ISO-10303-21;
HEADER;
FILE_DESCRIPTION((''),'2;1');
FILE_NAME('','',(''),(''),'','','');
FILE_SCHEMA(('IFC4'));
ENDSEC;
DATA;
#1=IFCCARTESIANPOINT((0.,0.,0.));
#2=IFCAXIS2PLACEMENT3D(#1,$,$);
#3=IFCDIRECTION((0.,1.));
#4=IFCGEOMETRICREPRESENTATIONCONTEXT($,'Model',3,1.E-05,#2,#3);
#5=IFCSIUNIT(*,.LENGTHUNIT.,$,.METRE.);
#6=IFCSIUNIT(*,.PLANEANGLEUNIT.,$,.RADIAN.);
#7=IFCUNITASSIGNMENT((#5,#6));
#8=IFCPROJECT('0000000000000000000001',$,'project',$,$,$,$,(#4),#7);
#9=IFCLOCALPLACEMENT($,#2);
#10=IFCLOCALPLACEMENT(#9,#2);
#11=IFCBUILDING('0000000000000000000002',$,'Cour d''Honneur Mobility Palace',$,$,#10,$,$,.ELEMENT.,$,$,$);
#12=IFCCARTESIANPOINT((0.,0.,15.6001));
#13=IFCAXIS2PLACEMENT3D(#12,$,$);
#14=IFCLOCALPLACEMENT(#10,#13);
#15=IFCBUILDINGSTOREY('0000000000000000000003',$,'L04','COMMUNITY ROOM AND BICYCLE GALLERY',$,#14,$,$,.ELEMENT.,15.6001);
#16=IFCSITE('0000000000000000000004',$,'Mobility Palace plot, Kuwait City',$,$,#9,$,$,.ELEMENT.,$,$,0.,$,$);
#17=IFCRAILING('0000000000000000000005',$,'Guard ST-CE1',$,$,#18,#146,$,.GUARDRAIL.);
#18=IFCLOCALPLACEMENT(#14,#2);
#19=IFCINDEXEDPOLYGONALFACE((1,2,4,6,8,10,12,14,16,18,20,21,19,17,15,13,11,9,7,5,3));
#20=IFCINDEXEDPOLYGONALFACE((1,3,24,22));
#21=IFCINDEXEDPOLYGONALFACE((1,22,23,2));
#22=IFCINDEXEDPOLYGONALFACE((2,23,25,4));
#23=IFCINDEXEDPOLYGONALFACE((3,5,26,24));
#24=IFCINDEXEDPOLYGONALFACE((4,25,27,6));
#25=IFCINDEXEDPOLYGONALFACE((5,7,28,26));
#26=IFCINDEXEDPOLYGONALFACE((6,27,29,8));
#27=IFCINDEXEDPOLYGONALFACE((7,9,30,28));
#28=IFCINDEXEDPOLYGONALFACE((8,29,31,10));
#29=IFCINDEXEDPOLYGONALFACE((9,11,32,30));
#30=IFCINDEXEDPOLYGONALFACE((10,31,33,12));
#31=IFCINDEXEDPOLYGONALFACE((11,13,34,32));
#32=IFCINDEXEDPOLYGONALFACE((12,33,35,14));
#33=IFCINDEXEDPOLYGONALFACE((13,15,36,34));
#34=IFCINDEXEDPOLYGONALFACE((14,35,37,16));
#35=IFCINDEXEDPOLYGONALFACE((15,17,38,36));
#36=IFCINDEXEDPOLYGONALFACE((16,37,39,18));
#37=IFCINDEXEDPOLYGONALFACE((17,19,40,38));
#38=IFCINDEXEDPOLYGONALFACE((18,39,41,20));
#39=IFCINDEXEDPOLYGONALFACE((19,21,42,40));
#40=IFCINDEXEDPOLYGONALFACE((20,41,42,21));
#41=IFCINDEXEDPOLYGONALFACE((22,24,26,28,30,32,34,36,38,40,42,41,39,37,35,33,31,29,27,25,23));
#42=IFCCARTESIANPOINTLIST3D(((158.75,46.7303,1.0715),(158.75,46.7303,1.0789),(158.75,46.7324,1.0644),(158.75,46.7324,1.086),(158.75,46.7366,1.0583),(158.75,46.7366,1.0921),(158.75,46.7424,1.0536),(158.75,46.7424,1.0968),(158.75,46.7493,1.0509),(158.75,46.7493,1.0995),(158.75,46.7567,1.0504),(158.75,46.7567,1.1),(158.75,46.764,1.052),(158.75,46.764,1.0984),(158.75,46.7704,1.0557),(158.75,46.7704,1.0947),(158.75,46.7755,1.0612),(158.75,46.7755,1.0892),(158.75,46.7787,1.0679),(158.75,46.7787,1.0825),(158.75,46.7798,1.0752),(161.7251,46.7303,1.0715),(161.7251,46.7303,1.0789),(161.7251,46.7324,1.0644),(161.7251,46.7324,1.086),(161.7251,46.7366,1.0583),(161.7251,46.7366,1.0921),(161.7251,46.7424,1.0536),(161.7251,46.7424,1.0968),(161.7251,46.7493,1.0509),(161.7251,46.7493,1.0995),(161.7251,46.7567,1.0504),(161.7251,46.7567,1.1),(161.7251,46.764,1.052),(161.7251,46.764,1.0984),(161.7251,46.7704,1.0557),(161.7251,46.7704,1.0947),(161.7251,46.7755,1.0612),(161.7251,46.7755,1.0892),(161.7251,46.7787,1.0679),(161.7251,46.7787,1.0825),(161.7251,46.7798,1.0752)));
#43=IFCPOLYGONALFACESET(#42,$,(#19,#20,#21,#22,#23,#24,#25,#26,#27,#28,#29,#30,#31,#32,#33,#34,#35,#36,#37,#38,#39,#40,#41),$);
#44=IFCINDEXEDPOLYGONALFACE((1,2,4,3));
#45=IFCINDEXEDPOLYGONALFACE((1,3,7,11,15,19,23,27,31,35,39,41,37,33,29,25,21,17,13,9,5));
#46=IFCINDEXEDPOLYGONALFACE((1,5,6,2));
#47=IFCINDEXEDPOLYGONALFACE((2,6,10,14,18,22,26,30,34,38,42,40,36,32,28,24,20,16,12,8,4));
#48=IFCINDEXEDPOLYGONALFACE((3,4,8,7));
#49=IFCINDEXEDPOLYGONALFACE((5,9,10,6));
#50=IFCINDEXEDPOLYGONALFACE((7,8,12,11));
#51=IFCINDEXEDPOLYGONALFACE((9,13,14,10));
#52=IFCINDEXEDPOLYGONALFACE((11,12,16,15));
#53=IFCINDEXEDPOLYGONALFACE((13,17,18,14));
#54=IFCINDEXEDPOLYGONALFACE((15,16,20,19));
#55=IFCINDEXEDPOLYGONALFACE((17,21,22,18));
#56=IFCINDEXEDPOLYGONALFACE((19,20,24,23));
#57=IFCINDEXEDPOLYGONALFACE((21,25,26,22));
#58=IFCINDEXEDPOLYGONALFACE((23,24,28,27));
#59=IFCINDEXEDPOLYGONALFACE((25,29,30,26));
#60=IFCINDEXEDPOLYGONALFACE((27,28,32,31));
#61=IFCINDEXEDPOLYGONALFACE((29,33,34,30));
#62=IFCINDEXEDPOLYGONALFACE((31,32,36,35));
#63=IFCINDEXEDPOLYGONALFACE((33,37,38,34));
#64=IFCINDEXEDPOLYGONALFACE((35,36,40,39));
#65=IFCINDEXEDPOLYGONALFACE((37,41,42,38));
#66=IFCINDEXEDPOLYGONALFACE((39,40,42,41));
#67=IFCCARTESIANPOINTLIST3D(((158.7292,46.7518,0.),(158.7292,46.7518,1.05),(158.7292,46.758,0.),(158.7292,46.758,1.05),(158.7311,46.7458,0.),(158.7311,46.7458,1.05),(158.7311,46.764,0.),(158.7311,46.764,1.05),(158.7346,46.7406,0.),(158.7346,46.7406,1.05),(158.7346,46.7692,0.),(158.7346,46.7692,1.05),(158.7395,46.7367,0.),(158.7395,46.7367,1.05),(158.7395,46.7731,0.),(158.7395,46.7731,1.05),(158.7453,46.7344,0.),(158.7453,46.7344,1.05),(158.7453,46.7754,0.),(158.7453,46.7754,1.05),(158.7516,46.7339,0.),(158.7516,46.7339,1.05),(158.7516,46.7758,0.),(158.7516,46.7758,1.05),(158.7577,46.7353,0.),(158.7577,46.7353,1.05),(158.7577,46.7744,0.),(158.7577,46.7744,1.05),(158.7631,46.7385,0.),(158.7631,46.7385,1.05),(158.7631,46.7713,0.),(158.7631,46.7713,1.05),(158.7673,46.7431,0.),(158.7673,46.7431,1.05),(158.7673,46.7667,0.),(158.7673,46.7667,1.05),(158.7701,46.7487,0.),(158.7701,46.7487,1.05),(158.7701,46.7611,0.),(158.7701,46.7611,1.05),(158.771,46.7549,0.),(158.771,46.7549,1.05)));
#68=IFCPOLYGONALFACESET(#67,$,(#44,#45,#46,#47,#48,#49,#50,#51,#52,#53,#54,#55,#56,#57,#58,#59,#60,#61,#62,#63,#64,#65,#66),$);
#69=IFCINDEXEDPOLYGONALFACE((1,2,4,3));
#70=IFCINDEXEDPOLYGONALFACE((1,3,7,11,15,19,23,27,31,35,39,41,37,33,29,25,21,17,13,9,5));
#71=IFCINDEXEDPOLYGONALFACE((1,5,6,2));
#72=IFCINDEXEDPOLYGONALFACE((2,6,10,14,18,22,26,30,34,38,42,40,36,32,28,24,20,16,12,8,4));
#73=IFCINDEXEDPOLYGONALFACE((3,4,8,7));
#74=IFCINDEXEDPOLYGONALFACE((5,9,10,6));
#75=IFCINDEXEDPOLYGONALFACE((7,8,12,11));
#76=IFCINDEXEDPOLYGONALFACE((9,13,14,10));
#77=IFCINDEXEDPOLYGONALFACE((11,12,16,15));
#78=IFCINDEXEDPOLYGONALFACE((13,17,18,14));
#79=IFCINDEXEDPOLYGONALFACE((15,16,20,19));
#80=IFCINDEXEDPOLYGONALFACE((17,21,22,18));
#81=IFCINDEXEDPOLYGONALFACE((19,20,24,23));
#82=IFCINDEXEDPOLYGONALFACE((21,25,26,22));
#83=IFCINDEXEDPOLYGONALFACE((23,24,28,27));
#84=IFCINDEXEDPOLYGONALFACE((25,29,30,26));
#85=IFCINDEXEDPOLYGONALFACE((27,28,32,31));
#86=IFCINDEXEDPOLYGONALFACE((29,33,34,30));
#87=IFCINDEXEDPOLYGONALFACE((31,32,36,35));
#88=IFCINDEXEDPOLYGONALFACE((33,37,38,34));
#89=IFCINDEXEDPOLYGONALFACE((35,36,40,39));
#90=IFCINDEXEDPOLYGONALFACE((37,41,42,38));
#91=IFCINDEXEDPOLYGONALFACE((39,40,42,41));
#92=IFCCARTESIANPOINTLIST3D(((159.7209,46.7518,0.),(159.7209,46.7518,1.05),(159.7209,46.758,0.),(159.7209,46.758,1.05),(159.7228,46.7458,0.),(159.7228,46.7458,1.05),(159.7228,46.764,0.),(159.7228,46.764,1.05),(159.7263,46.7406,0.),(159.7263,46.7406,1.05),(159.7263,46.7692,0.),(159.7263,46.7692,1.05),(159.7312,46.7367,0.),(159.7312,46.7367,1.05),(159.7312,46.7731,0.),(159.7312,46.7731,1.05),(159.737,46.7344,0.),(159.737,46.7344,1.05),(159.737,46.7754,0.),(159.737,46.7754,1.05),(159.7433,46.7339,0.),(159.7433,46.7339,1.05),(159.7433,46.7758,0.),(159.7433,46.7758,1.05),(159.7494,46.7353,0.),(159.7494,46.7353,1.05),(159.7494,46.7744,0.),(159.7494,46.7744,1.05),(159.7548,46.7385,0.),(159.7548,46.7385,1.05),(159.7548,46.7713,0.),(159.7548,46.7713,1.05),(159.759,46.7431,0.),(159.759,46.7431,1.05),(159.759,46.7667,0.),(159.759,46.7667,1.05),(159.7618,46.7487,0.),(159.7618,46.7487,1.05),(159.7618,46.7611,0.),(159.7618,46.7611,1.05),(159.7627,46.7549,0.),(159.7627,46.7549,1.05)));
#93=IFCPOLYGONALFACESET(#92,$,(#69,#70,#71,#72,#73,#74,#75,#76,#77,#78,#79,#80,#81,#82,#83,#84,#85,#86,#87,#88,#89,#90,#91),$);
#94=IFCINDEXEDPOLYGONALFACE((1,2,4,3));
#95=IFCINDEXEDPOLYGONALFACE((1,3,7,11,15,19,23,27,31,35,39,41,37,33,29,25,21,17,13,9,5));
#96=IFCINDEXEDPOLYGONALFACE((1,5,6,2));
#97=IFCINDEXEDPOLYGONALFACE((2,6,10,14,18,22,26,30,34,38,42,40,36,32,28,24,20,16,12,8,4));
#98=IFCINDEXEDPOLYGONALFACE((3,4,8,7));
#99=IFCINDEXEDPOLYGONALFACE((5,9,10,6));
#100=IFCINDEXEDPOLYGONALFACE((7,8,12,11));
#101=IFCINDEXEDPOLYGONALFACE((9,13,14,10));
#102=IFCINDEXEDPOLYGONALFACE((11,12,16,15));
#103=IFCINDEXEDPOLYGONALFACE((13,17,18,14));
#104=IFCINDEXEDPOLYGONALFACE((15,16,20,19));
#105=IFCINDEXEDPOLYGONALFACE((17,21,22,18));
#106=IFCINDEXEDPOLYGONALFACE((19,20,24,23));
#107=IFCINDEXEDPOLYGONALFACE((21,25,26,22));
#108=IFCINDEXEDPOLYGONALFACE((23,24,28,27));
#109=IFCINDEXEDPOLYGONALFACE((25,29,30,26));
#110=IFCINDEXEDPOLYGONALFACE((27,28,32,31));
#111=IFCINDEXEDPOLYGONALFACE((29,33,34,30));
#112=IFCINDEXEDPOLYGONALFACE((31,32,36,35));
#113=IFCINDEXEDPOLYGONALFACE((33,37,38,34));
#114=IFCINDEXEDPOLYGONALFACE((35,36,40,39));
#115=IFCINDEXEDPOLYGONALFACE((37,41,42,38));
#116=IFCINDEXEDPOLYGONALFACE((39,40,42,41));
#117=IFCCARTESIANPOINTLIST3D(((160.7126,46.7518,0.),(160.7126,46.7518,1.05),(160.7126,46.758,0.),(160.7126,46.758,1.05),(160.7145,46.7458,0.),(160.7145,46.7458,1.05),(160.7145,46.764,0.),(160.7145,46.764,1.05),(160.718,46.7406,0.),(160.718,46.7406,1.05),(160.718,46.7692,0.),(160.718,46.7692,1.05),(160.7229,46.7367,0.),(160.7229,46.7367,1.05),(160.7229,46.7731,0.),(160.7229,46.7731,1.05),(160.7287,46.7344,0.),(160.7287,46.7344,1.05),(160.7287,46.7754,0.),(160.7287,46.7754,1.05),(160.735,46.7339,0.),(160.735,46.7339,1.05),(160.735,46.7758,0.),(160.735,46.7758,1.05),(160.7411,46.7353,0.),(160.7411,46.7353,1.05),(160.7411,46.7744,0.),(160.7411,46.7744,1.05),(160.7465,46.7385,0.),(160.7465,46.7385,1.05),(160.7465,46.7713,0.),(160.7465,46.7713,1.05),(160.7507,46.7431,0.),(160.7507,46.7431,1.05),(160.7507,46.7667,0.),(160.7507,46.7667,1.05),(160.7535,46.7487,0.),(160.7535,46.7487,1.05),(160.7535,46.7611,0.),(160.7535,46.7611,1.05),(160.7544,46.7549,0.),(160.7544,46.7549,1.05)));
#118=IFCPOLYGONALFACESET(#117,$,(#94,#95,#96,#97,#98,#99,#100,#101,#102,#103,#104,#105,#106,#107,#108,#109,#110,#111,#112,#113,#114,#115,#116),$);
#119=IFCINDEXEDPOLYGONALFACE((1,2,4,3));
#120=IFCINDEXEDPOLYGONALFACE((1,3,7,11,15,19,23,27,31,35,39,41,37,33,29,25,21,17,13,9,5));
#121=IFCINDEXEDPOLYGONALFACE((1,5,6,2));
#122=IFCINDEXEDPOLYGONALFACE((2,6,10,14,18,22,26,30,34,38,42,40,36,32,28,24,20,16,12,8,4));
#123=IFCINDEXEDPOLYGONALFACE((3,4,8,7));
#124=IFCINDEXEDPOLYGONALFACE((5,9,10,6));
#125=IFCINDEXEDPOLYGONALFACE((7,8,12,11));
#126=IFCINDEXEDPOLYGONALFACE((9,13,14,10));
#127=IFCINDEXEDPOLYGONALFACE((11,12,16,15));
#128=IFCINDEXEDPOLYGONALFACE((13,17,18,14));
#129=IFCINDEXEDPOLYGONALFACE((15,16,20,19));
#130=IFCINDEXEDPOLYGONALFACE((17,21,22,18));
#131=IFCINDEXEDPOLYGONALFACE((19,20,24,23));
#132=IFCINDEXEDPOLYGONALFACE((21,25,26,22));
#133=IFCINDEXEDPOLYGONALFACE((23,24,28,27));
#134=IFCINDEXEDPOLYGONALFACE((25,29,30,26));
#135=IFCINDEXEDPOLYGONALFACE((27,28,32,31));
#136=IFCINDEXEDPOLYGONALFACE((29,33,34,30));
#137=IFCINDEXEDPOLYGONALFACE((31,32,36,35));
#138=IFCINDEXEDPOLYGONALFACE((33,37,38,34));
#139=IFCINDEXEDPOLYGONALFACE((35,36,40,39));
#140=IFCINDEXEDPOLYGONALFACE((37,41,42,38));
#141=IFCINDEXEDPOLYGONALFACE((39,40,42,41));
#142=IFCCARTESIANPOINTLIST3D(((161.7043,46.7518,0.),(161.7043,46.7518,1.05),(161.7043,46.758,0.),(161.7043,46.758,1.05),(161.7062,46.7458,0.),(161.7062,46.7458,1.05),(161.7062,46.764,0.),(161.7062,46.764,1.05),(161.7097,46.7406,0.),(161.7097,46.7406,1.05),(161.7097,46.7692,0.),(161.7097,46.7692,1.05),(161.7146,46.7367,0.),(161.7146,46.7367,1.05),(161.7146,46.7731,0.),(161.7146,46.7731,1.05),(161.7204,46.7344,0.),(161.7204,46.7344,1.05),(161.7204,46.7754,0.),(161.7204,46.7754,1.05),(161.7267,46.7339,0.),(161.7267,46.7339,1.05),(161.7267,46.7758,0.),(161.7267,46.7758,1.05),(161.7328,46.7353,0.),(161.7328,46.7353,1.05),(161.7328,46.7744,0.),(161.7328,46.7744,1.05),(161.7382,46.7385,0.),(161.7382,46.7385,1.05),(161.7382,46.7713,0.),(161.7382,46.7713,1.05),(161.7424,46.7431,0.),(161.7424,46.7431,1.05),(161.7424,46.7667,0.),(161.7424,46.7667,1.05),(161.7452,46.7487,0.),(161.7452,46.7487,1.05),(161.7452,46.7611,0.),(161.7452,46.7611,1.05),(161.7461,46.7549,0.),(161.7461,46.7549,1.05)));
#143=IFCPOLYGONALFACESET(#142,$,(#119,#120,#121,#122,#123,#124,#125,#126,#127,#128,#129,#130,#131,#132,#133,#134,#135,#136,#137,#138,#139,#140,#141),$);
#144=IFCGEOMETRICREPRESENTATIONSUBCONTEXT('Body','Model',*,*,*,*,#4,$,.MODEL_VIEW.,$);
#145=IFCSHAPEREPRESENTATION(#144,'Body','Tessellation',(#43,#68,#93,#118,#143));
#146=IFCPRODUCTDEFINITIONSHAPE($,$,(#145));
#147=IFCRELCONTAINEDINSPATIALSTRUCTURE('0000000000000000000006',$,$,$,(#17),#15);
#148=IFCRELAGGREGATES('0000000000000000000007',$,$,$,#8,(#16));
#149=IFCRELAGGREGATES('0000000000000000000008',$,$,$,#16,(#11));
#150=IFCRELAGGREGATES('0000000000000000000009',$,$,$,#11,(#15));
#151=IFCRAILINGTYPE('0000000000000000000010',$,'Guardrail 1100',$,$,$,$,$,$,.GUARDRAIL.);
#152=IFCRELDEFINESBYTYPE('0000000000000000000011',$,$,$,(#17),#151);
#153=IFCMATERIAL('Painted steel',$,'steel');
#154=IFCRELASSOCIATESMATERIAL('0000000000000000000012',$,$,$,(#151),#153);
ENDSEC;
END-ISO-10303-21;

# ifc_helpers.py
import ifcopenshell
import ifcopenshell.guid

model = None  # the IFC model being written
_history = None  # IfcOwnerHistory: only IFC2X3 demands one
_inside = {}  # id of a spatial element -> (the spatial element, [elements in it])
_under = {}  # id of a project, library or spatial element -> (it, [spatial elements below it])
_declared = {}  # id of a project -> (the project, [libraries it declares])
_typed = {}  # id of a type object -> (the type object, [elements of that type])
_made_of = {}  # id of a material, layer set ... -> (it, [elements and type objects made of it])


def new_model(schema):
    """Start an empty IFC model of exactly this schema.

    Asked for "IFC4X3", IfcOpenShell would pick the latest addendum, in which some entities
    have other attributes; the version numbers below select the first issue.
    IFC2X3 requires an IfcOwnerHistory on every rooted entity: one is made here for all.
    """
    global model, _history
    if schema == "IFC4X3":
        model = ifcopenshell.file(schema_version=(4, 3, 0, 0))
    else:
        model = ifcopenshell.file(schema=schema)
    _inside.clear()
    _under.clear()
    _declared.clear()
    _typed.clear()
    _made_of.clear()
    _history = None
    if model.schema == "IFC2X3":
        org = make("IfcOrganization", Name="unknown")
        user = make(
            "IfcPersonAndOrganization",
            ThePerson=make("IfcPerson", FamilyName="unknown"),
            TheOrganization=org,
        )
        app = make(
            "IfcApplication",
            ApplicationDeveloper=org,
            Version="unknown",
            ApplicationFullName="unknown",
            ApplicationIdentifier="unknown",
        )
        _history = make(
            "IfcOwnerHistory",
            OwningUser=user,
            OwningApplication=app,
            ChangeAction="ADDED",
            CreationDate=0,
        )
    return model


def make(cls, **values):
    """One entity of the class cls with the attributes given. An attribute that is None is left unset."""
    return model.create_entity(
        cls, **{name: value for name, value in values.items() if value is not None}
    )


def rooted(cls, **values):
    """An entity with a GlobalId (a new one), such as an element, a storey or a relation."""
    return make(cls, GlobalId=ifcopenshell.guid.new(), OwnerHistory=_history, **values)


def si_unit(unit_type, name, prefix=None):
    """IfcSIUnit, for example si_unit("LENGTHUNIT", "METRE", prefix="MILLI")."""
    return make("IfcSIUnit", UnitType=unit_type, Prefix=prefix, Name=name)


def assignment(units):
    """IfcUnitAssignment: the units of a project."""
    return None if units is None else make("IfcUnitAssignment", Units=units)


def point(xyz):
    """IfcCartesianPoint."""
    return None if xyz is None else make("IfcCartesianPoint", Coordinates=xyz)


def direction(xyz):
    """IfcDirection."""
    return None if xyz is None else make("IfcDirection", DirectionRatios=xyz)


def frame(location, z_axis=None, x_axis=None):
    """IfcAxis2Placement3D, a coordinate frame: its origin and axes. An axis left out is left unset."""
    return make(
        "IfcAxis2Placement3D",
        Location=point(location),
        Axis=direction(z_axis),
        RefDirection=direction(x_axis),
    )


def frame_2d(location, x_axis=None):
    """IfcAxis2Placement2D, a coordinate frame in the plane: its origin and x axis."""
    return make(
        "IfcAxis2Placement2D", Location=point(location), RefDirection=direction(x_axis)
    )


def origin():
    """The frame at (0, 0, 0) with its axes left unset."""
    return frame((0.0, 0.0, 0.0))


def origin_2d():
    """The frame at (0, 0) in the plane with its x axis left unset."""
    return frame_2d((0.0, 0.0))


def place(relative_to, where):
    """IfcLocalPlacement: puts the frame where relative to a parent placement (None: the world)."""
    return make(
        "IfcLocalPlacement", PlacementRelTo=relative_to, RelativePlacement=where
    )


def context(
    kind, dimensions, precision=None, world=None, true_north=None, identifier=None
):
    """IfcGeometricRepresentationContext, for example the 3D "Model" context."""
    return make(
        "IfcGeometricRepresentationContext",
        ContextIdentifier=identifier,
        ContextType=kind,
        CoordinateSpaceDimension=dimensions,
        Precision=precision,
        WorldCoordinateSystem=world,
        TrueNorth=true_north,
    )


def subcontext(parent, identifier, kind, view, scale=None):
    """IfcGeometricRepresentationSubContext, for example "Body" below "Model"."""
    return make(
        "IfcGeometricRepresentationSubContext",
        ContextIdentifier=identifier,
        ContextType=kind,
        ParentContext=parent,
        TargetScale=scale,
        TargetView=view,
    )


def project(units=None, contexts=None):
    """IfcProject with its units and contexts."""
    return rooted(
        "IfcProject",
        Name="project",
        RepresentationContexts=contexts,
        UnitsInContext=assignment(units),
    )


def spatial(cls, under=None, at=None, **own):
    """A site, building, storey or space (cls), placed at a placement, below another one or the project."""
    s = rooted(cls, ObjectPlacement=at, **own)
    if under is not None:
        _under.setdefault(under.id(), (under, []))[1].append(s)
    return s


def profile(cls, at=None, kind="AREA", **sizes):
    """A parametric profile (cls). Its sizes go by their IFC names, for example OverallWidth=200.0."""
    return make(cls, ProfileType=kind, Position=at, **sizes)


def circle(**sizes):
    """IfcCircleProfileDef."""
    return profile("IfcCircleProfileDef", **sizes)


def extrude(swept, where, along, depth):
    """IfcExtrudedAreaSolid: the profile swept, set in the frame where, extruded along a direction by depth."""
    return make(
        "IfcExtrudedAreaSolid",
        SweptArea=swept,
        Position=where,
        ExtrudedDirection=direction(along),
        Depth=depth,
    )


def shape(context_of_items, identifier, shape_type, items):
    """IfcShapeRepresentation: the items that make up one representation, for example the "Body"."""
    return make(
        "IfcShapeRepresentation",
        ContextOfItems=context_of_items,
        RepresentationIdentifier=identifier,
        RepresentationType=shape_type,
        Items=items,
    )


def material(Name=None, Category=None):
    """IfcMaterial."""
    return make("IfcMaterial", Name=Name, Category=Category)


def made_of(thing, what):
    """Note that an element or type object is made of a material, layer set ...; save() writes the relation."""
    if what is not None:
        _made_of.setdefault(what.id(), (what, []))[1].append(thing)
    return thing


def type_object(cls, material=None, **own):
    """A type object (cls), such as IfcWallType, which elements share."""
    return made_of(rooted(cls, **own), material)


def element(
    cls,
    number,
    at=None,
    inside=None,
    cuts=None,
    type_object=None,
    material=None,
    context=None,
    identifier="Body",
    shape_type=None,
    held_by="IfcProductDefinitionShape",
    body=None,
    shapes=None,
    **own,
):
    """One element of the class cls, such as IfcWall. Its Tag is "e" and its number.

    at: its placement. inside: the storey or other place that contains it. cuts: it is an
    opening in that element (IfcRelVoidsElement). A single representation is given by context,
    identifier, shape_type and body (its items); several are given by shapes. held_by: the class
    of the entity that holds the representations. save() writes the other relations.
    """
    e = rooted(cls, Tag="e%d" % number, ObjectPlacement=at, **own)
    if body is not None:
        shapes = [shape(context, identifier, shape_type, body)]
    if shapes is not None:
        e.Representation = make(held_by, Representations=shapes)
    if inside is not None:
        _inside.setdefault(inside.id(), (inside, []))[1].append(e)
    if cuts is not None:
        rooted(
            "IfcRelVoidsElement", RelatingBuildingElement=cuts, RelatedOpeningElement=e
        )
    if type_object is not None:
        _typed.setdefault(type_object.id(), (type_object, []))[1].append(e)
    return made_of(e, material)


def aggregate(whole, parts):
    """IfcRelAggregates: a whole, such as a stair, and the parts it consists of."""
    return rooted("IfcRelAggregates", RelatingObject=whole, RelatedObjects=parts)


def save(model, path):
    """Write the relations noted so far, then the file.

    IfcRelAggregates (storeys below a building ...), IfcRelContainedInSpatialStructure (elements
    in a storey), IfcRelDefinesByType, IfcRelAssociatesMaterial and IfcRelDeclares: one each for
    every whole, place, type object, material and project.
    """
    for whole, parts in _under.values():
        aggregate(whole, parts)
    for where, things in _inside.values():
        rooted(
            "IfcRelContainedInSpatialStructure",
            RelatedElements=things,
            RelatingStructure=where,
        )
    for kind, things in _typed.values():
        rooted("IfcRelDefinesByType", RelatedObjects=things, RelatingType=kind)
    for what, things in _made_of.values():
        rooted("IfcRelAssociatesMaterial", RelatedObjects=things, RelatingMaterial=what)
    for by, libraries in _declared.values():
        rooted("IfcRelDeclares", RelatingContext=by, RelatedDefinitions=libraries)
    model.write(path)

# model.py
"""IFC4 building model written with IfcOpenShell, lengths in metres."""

from ifc_helpers import new_model, si_unit, direction, frame, origin, origin_2d, place, context, subcontext, project, spatial, circle, extrude, material, type_object, element, save


model = new_model("IFC4")

# Units and contexts
model_context = context("Model", 3, precision=1e-05, world=origin(), true_north=direction((0.0, 1.0)))
body_context = subcontext(model_context, "Body", "Model", "MODEL_VIEW")
ifc_project = project(units=[si_unit("LENGTHUNIT", "METRE"), si_unit("PLANEANGLEUNIT", "RADIAN")], contexts=[model_context])

# Site, building, storey
site_placement = place(None, origin())
site = spatial("IfcSite", under=ifc_project, at=site_placement, Name="Mobility Palace plot, Kuwait City", CompositionType="ELEMENT", RefElevation=0.0)
building_placement = place(site_placement, origin())
building = spatial("IfcBuilding", under=site, at=building_placement, Name="Cour d'Honneur Mobility Palace", CompositionType="ELEMENT")
storey_placement = place(building_placement, frame((0.0, 0.0, 15.6001)))
storey = spatial("IfcBuildingStorey", under=building, at=storey_placement, Name="L04", Description="COMMUNITY ROOM AND BICYCLE GALLERY", CompositionType="ELEMENT", Elevation=15.6001)

# Railing
ifc_material_1 = material(Name="Painted steel", Category="steel")
railing_type_1 = type_object("IfcRailingType", Name="Guardrail 1100", PredefinedType="GUARDRAIL", material=ifc_material_1)
railing_1_placement = place(storey_placement, frame((158.75, 46.7549, 0.0)))
element("IfcRailing", 1, at=railing_1_placement, inside=storey, type_object=railing_type_1, Name="Guard ST-CE1", PredefinedType="GUARDRAIL", context=body_context, shape_type="SweptSolid", body=[
    extrude(circle(Radius=0.0249, at=origin_2d()), frame((0.0, 0.0, 1.0752), z_axis=(1.0, 0.0, 0.0), x_axis=(0.0, 1.0, 0.0)), (0.0, 0.0, 1.0), 2.9751),
    extrude(circle(Radius=0.021, at=origin_2d()), origin(), (0.0, 0.0, 1.0), 1.05),
    extrude(circle(Radius=0.021, at=origin_2d()), frame((0.9917, 0.0, 0.0)), (0.0, 0.0, 1.0), 1.05),
    extrude(circle(Radius=0.021, at=origin_2d()), frame((1.9834, 0.0, 0.0)), (0.0, 0.0, 1.0), 1.05),
    extrude(circle(Radius=0.021, at=origin_2d()), frame((2.9751, 0.0, 0.0)), (0.0, 0.0, 1.0), 1.05),
])

save(model, "model.ifc")
